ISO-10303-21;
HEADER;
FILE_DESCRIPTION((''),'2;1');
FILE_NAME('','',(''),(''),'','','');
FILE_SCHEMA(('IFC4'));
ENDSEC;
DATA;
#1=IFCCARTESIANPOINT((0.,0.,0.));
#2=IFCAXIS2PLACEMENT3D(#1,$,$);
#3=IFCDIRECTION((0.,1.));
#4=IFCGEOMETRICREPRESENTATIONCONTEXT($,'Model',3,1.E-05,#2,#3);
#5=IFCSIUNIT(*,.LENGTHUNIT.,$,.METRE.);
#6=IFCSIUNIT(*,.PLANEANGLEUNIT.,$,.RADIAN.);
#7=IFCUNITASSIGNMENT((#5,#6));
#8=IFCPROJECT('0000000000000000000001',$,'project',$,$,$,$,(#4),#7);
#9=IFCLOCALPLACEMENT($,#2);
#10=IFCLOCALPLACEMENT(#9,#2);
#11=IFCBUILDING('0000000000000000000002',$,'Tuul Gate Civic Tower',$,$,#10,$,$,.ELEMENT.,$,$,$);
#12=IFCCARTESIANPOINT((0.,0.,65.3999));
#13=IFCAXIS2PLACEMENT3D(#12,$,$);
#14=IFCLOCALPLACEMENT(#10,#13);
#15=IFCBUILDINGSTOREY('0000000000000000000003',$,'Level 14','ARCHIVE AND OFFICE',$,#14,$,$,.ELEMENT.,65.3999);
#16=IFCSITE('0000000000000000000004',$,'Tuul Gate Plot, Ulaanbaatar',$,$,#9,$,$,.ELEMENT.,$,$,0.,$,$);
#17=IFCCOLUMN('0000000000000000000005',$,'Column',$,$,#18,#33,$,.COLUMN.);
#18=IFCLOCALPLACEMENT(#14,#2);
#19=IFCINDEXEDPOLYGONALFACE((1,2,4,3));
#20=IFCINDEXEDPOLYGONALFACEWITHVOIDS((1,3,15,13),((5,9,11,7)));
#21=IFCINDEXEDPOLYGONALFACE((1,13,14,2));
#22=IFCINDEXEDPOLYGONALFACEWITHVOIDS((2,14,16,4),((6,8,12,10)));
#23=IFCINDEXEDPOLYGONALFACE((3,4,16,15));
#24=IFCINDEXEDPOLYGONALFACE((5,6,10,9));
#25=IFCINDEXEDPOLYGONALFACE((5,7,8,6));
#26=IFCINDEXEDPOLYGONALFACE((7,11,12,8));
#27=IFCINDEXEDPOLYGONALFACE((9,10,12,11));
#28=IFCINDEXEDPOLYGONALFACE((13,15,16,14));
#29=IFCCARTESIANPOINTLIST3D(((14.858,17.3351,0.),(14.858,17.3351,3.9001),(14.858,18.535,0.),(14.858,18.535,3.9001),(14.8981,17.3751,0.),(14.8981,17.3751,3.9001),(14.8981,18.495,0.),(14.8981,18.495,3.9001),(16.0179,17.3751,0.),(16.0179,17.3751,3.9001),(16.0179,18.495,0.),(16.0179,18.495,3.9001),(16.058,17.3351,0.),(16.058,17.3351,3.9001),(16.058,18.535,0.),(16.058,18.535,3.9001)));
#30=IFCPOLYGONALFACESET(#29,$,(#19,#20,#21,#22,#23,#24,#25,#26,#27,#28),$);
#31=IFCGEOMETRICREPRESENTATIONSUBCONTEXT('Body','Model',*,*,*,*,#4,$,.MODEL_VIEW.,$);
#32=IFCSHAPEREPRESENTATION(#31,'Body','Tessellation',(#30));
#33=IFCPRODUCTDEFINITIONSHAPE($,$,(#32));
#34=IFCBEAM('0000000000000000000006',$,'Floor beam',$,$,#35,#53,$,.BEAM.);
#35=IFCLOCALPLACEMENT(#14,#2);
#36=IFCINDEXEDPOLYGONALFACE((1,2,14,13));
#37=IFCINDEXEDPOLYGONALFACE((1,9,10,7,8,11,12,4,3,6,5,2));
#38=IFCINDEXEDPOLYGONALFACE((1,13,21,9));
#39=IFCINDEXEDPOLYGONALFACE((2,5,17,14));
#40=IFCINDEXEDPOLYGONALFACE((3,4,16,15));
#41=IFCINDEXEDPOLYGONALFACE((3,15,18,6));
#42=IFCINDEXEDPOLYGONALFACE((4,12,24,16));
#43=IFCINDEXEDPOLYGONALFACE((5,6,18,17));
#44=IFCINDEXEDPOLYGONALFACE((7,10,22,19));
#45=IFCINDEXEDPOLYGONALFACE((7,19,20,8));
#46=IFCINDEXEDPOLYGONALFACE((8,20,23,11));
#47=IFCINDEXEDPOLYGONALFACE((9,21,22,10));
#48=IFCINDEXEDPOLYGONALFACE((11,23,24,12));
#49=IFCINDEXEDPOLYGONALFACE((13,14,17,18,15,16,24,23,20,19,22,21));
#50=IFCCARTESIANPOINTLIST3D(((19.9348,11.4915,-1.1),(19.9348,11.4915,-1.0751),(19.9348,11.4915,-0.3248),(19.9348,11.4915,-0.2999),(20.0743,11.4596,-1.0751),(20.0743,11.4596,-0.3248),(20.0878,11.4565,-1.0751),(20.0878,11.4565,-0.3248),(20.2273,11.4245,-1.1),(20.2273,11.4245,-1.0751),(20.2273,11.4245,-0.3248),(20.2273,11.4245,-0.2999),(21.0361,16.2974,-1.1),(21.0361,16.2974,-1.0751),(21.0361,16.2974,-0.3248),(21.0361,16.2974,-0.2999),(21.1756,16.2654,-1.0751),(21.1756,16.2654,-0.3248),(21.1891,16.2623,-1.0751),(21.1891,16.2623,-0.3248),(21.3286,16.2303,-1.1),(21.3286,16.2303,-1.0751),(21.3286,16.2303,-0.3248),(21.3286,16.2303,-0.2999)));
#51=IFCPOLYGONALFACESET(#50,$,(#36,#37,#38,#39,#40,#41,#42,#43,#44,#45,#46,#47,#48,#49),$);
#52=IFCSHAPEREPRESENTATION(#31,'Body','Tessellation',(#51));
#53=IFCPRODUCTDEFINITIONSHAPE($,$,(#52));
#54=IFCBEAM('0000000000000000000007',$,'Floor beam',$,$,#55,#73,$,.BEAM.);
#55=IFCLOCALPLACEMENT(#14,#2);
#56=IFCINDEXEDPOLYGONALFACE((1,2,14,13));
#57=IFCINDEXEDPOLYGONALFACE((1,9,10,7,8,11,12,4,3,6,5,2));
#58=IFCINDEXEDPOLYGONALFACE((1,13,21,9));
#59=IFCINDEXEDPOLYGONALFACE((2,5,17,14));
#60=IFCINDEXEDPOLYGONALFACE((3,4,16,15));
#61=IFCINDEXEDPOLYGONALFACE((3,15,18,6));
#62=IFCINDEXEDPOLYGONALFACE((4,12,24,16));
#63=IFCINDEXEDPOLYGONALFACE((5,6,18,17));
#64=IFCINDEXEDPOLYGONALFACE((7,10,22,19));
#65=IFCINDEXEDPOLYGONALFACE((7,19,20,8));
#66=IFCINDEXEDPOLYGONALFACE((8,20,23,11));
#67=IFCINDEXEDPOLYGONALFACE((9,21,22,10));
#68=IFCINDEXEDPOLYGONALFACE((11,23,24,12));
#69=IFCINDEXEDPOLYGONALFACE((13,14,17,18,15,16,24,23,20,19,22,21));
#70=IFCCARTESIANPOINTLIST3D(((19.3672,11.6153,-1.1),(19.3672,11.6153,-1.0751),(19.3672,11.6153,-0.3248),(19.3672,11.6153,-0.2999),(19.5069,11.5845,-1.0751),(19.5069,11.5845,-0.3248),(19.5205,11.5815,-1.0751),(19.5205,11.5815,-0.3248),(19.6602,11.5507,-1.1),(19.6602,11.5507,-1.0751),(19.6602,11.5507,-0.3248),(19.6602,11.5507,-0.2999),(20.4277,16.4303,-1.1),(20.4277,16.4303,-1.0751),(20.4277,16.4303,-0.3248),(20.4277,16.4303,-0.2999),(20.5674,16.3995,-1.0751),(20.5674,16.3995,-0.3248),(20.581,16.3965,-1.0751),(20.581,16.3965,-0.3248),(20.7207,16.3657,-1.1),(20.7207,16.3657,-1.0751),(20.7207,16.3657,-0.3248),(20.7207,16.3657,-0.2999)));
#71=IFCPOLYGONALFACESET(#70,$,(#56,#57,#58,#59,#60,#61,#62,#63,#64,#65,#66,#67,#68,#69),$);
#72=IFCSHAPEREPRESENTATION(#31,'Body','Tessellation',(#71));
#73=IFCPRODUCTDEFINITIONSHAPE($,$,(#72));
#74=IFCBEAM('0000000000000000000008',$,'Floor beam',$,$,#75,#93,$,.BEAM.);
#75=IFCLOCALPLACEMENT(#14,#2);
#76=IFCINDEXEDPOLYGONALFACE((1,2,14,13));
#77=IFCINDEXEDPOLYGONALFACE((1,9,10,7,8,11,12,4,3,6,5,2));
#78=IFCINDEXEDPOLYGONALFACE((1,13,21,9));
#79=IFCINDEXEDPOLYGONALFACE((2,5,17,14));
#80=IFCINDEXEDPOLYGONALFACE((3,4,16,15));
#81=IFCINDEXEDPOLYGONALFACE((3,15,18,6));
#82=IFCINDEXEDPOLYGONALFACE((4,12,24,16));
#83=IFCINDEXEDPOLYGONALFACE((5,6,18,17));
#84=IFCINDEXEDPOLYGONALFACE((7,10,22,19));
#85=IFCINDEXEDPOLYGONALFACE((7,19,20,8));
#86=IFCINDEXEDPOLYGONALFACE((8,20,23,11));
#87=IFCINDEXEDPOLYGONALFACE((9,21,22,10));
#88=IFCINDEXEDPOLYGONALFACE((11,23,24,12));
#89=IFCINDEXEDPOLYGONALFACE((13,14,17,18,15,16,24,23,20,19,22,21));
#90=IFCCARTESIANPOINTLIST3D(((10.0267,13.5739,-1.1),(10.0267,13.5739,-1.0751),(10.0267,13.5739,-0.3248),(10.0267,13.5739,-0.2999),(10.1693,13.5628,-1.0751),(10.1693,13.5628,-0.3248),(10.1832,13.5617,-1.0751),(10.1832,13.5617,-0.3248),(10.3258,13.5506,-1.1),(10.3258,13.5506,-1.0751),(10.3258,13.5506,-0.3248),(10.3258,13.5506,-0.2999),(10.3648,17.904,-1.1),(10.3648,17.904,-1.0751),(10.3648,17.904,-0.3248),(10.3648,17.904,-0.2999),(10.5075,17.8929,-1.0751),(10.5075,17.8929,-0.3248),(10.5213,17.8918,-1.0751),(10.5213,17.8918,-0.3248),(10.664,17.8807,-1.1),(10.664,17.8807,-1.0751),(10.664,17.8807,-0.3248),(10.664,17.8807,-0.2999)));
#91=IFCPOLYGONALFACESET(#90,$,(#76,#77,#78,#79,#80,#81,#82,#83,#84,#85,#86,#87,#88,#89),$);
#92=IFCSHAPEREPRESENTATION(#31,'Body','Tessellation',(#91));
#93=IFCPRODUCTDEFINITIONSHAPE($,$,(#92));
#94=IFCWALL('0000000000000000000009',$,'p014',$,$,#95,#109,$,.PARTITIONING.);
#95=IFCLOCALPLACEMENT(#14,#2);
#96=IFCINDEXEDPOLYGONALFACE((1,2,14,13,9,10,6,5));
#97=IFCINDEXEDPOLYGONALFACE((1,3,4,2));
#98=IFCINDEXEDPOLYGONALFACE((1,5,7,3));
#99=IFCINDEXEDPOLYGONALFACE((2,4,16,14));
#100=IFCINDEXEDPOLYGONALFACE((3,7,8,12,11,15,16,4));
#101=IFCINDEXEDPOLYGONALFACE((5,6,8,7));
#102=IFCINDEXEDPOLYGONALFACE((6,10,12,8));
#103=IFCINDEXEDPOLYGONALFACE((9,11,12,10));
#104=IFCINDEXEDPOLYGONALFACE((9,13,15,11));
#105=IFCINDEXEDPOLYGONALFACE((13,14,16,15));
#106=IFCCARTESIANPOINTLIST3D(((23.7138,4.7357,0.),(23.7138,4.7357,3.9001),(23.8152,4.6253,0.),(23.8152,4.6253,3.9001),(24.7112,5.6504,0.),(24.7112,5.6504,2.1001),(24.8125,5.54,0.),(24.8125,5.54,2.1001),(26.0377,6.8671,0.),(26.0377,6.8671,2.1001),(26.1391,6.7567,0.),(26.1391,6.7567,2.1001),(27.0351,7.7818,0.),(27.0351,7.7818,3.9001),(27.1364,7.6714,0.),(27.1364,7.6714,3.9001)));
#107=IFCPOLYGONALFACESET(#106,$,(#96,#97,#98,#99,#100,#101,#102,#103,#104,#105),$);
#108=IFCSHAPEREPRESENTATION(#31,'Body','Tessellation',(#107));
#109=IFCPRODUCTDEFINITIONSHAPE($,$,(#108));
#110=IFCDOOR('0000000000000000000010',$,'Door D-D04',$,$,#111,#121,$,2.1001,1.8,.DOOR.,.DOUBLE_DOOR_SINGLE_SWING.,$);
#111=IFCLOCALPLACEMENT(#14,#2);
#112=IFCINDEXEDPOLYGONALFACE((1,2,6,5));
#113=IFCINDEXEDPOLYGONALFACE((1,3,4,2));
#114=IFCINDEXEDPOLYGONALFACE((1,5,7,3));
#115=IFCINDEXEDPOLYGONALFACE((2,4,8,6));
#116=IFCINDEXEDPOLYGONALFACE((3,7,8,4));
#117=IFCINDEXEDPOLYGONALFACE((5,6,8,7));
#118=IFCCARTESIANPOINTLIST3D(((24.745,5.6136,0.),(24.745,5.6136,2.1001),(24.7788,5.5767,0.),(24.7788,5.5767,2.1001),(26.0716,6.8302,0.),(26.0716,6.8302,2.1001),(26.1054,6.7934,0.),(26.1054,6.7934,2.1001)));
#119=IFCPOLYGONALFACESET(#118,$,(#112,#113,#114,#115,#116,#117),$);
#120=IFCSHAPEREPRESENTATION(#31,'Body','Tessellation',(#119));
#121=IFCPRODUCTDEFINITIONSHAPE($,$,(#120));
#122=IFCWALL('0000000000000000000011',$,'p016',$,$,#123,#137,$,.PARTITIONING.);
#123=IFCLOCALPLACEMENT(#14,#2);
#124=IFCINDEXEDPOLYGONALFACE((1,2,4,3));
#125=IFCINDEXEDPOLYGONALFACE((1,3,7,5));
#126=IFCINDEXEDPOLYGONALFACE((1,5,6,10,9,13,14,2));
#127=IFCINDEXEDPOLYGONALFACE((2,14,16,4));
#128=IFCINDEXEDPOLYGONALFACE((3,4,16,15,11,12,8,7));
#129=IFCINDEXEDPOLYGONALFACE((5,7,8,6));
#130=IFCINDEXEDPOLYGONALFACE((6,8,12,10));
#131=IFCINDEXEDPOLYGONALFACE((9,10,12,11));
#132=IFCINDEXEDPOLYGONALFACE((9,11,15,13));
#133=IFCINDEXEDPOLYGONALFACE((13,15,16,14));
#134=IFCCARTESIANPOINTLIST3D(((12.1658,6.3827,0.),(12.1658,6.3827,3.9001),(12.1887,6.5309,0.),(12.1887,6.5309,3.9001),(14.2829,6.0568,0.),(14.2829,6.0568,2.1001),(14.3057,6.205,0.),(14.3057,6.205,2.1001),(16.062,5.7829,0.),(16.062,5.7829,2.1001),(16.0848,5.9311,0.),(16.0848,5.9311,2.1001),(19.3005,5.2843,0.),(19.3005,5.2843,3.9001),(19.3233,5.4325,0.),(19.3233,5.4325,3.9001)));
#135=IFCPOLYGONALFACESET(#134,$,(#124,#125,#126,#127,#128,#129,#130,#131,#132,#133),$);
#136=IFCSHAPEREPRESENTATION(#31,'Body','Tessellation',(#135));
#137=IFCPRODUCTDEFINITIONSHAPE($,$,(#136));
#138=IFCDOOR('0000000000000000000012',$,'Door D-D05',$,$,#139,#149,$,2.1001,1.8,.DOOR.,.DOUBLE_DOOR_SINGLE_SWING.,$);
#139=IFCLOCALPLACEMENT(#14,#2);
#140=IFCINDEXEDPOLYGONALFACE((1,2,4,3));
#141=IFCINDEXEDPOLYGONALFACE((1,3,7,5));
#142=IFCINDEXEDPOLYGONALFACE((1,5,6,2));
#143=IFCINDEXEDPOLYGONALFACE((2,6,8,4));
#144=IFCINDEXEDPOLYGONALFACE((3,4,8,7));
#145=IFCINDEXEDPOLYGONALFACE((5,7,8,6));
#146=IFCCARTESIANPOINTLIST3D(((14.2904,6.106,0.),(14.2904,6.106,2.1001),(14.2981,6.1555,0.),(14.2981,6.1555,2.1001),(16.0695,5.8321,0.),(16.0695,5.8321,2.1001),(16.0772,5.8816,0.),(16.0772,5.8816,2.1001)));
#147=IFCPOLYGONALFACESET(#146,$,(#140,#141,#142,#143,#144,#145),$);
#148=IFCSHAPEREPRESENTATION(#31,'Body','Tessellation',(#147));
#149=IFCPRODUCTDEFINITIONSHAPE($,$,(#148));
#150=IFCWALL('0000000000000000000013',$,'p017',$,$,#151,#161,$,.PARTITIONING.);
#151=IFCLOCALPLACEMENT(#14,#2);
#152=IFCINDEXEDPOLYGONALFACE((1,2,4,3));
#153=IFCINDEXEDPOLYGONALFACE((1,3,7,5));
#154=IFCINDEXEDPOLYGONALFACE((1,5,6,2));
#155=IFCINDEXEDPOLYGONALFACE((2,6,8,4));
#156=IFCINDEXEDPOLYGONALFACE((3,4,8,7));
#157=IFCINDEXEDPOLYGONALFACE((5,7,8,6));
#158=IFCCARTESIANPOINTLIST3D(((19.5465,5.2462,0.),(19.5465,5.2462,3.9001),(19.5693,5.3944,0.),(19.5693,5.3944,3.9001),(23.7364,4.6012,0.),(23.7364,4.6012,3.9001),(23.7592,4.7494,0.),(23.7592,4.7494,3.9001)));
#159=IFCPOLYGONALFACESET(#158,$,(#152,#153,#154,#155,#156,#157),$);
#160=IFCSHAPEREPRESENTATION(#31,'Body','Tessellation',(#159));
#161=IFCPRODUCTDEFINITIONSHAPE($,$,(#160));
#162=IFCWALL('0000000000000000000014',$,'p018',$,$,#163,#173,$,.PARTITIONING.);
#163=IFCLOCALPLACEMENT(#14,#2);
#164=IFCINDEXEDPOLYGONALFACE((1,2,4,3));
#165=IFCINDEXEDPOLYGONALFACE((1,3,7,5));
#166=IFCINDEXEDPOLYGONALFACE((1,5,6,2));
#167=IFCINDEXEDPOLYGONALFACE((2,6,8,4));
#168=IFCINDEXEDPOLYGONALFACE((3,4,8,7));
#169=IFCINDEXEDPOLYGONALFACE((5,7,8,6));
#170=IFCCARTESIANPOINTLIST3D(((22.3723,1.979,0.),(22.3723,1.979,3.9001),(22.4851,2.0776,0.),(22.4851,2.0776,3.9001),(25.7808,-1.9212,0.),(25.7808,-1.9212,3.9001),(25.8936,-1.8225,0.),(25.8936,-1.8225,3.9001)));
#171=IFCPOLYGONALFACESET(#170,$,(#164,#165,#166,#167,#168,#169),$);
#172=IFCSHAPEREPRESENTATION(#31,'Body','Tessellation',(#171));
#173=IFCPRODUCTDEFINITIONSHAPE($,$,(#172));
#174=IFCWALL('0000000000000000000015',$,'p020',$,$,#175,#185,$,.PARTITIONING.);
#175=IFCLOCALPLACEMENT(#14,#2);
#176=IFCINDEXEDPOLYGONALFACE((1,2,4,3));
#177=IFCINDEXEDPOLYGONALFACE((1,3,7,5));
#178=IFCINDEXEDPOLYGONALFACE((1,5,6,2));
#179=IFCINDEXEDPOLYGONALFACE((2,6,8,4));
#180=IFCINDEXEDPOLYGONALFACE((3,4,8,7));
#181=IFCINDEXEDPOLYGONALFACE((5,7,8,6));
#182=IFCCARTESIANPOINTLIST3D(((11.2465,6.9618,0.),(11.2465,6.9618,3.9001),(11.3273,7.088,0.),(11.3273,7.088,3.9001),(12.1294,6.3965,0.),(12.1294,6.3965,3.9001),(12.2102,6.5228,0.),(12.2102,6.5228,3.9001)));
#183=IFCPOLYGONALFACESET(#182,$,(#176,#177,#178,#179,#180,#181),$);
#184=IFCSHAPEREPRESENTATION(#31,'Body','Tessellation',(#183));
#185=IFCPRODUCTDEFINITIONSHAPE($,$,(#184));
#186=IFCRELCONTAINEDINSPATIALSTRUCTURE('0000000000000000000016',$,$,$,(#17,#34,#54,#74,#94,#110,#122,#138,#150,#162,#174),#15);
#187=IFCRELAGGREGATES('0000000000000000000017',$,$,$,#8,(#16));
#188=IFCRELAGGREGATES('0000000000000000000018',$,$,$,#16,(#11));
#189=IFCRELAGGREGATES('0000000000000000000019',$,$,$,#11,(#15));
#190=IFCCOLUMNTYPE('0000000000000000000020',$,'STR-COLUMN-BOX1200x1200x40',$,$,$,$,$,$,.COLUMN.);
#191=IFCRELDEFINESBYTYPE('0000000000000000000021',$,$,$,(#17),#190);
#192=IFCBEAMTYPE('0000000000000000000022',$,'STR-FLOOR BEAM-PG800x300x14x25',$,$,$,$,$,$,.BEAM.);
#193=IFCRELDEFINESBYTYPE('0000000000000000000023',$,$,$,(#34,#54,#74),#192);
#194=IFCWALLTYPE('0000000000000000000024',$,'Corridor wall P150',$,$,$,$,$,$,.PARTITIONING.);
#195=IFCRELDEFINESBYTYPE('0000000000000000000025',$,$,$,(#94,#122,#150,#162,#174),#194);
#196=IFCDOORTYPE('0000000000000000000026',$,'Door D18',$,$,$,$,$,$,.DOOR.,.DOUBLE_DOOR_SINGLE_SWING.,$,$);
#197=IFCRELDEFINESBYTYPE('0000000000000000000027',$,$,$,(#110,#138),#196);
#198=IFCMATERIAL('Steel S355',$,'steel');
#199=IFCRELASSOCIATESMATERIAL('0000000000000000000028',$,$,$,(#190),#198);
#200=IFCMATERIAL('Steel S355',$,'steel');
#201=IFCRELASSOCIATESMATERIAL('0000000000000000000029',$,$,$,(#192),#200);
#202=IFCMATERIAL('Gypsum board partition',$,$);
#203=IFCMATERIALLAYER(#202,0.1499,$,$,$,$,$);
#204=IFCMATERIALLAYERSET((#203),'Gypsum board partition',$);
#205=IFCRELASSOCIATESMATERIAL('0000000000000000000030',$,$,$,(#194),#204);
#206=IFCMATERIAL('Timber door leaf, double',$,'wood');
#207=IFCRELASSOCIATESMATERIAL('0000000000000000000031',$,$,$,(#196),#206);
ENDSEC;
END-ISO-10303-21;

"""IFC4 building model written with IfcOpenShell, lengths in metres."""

from ifc_helpers import new_model, si_unit, direction, frame, frame_2d, origin, origin_2d, place, context, subcontext, project, spatial, rectangle, hollow_rectangle, i_section, extrude, material, layer, layer_set, material_profile, profile_set, type_object, element, fill, save


model = new_model("IFC4")

# Units and contexts
model_context = context("Model", 3, precision=1e-05, world=origin(), true_north=direction((0.0, 1.0)))
body_context = subcontext(model_context, "Body", "Model", "MODEL_VIEW")
ifc_project = project(units=[si_unit("LENGTHUNIT", "METRE"), si_unit("PLANEANGLEUNIT", "RADIAN")], contexts=[model_context])

# Site, building, storey
site_placement = place(None, origin())
site = spatial("IfcSite", under=ifc_project, at=site_placement, Name="Tuul Gate Plot, Ulaanbaatar", CompositionType="ELEMENT", RefElevation=0.0)
building_placement = place(site_placement, origin())
building = spatial("IfcBuilding", under=site, at=building_placement, Name="Tuul Gate Civic Tower", CompositionType="ELEMENT")
storey_placement = place(building_placement, frame((0.0, 0.0, 65.3999)))
storey = spatial("IfcBuildingStorey", under=building, at=storey_placement, Name="Level 14", Description="ARCHIVE AND OFFICE", CompositionType="ELEMENT", Elevation=65.3999)

# Column
ifc_material_1 = material(Name="Steel S355", Category="steel")
ifc_material_profile_1 = material_profile(ifc_material_1, hollow_rectangle(XDim=1.2, YDim=1.2, WallThickness=0.04, at=origin_2d()), Name="BOX1200x1200x40")
ifc_profile_set_1 = profile_set([ifc_material_profile_1], Name="Steel S355")
column_type = type_object("IfcColumnType", Name="STR-COLUMN-BOX1200x1200x40", PredefinedType="COLUMN", material=ifc_profile_set_1)
column_placement = place(storey_placement, frame((15.458, 17.9351, 0.0), z_axis=(0.0, 0.0, 1.0), x_axis=(1.0, 0.0, 0.0)))
element("IfcColumn", 1, at=column_placement, inside=storey, type_object=column_type, Name="Column", PredefinedType="COLUMN", context=body_context, shape_type="SweptSolid", body=[
    extrude(hollow_rectangle(XDim=1.2, YDim=1.2, WallThickness=0.04, at=origin_2d()), origin(), (0.0, 0.0, 1.0), 3.9001),
])

# Beams
ifc_material_2 = material(Name="Steel S355", Category="steel")
ifc_material_profile_2 = material_profile(ifc_material_2, i_section(OverallWidth=0.3, OverallDepth=0.8, WebThickness=0.0139, FlangeThickness=0.0249, at=origin_2d()), Name="PG800x300x14x25")
ifc_profile_set_2 = profile_set([ifc_material_profile_2], Name="Steel S355")
beam_type = type_object("IfcBeamType", Name="STR-FLOOR BEAM-PG800x300x14x25", PredefinedType="BEAM", material=ifc_profile_set_2)
for number, where, z_axis, x_axis, name in (
    (2, (20.0811, 11.458, -0.7), (0.223369, 0.974734, 0.0), (-0.974734, 0.223369, 0.0), "Floor beam"),
    (3, (19.5137, 11.583, -0.7), (0.215105, 0.976591, 0.0), (-0.976591, 0.215105, 0.0), "Floor beam"),
):
    element("IfcBeam", number, at=place(storey_placement, frame(where, z_axis=z_axis, x_axis=x_axis)), inside=storey, type_object=beam_type, Name=name, PredefinedType="BEAM", context=body_context, shape_type="SweptSolid", body=[
        extrude(i_section(OverallWidth=0.3, OverallDepth=0.8, WebThickness=0.0139, FlangeThickness=0.0249, at=origin_2d()), origin(), (0.0, 0.0, 1.0), 4.9304),
    ])
beam_placement = place(storey_placement, frame((10.1763, 13.5623, -0.7), z_axis=(0.077853, 0.996965, 0.0), x_axis=(-0.996965, 0.077853, 0.0)))
element("IfcBeam", 4, at=beam_placement, inside=storey, type_object=beam_type, Name="Floor beam", PredefinedType="BEAM", context=body_context, shape_type="SweptSolid", body=[
    extrude(i_section(OverallWidth=0.3, OverallDepth=0.8, WebThickness=0.0139, FlangeThickness=0.0249, at=origin_2d()), origin(), (0.0, 0.0, 1.0), 4.3433),
])

# Walls, openings, doors
ifc_material_3 = material(Name="Gypsum board partition")
ifc_layer_1 = layer(ifc_material_3, 0.1499)
ifc_layer_set_1 = layer_set([ifc_layer_1], Name="Gypsum board partition")
wall_type_1 = type_object("IfcWallType", Name="Corridor wall P150", PredefinedType="PARTITIONING", material=ifc_layer_set_1)
wall_1_placement = place(storey_placement, frame((23.7644, 4.6804, 0.0), z_axis=(0.0, 0.0, 1.0), x_axis=(0.736974, 0.675921, 0.0)))
wall_1 = element("IfcWall", 5, at=wall_1_placement, inside=storey, type_object=wall_type_1, Name="p014", PredefinedType="PARTITIONING", context=body_context, shape_type="SweptSolid", body=[
    extrude(rectangle(XDim=4.5066, YDim=0.1499, at=frame_2d((2.2534, 0.0))), origin(), (0.0, 0.0, 1.0), 3.9001),
])
opening_1_placement = place(wall_1_placement, frame((1.3535, 0.0, 0.0)))
opening_1 = element("IfcOpeningElement", 6, at=opening_1_placement, cuts=wall_1, PredefinedType="OPENING", context=body_context, shape_type="SweptSolid", body=[
    extrude(rectangle(XDim=1.8, YDim=2.1001, at=frame_2d((0.8999, 1.05))), frame((0.0, 0.085, 0.0), z_axis=(0.0, -1.0, 0.0), x_axis=(1.0, 0.0, 0.0)), (0.0, 0.0, 1.0), 0.1699),
])
ifc_material_4 = material(Name="Timber door leaf, double", Category="wood")
door_type_1 = type_object("IfcDoorType", Name="Door D18", OperationType="DOUBLE_DOOR_SINGLE_SWING", PredefinedType="DOOR", material=ifc_material_4)
door_1_placement = place(opening_1_placement, origin())
door_1 = element("IfcDoor", 7, at=door_1_placement, inside=storey, type_object=door_type_1, Name="Door D-D04", OperationType="DOUBLE_DOOR_SINGLE_SWING", OverallHeight=2.1001, OverallWidth=1.8, PredefinedType="DOOR", context=body_context, shape_type="SweptSolid", body=[
    extrude(rectangle(XDim=1.8, YDim=2.1001, at=frame_2d((0.8999, 1.05))), frame((0.0, 0.0249, 0.0), z_axis=(0.0, -1.0, 0.0), x_axis=(1.0, 0.0, 0.0)), (0.0, 0.0, 1.0), 0.05),
])
fill(opening_1, door_1)
wall_2_placement = place(storey_placement, frame((12.1772, 6.4568, 0.0), z_axis=(0.0, 0.0, 1.0), x_axis=(0.988356, -0.152156, 0.0)))
wall_2 = element("IfcWall", 8, at=wall_2_placement, inside=storey, type_object=wall_type_1, Name="p016", PredefinedType="PARTITIONING", context=body_context, shape_type="SweptSolid", body=[
    extrude(rectangle(XDim=7.2188, YDim=0.1499, at=frame_2d((3.6094, 0.0))), origin(), (0.0, 0.0, 1.0), 3.9001),
])
opening_2_placement = place(wall_2_placement, frame((2.1421, 0.0, 0.0)))
opening_2 = element("IfcOpeningElement", 9, at=opening_2_placement, cuts=wall_2, PredefinedType="OPENING", context=body_context, shape_type="SweptSolid", body=[
    extrude(rectangle(XDim=1.8, YDim=2.1001, at=frame_2d((0.8999, 1.05))), frame((0.0, 0.085, 0.0), z_axis=(0.0, -1.0, 0.0), x_axis=(1.0, 0.0, 0.0)), (0.0, 0.0, 1.0), 0.1699),
])
door_2_placement = place(opening_2_placement, origin())
door_2 = element("IfcDoor", 10, at=door_2_placement, inside=storey, type_object=door_type_1, Name="Door D-D05", OperationType="DOUBLE_DOOR_SINGLE_SWING", OverallHeight=2.1001, OverallWidth=1.8, PredefinedType="DOOR", context=body_context, shape_type="SweptSolid", body=[
    extrude(rectangle(XDim=1.8, YDim=2.1001, at=frame_2d((0.8999, 1.05))), frame((0.0, 0.0249, 0.0), z_axis=(0.0, -1.0, 0.0), x_axis=(1.0, 0.0, 0.0)), (0.0, 0.0, 1.0), 0.05),
])
fill(opening_2, door_2)

# Walls
wall_3_placement = place(storey_placement, frame((19.5579, 5.3203, 0.0), z_axis=(0.0, 0.0, 1.0), x_axis=(0.988357, -0.152152, 0.0)))
element("IfcWall", 11, at=wall_3_placement, inside=storey, type_object=wall_type_1, Name="p017", PredefinedType="PARTITIONING", context=body_context, shape_type="SweptSolid", body=[
    extrude(rectangle(XDim=4.2393, YDim=0.1499, at=frame_2d((2.1196, 0.0))), origin(), (0.0, 0.0, 1.0), 3.9001),
])
wall_4_placement = place(storey_placement, frame((22.4287, 2.0283, 0.0), z_axis=(0.0, 0.0, 1.0), x_axis=(0.658047, -0.752977, 0.0)))
element("IfcWall", 12, at=wall_4_placement, inside=storey, type_object=wall_type_1, Name="p018", PredefinedType="PARTITIONING", context=body_context, shape_type="SweptSolid", body=[
    extrude(rectangle(XDim=5.1797, YDim=0.1499, at=frame_2d((2.5898, 0.0))), origin(), (0.0, 0.0, 1.0), 3.9001),
])
wall_5_placement = place(storey_placement, frame((11.2869, 7.0249, 0.0), z_axis=(0.0, 0.0, 1.0), x_axis=(0.842191, -0.539179, 0.0)))
element("IfcWall", 13, at=wall_5_placement, inside=storey, type_object=wall_type_1, Name="p020", PredefinedType="PARTITIONING", context=body_context, shape_type="SweptSolid", body=[
    extrude(rectangle(XDim=1.0483, YDim=0.1499, at=frame_2d((0.5242, 0.0))), origin(), (0.0, 0.0, 1.0), 3.9001),
])

save(model, "model.ifc")
